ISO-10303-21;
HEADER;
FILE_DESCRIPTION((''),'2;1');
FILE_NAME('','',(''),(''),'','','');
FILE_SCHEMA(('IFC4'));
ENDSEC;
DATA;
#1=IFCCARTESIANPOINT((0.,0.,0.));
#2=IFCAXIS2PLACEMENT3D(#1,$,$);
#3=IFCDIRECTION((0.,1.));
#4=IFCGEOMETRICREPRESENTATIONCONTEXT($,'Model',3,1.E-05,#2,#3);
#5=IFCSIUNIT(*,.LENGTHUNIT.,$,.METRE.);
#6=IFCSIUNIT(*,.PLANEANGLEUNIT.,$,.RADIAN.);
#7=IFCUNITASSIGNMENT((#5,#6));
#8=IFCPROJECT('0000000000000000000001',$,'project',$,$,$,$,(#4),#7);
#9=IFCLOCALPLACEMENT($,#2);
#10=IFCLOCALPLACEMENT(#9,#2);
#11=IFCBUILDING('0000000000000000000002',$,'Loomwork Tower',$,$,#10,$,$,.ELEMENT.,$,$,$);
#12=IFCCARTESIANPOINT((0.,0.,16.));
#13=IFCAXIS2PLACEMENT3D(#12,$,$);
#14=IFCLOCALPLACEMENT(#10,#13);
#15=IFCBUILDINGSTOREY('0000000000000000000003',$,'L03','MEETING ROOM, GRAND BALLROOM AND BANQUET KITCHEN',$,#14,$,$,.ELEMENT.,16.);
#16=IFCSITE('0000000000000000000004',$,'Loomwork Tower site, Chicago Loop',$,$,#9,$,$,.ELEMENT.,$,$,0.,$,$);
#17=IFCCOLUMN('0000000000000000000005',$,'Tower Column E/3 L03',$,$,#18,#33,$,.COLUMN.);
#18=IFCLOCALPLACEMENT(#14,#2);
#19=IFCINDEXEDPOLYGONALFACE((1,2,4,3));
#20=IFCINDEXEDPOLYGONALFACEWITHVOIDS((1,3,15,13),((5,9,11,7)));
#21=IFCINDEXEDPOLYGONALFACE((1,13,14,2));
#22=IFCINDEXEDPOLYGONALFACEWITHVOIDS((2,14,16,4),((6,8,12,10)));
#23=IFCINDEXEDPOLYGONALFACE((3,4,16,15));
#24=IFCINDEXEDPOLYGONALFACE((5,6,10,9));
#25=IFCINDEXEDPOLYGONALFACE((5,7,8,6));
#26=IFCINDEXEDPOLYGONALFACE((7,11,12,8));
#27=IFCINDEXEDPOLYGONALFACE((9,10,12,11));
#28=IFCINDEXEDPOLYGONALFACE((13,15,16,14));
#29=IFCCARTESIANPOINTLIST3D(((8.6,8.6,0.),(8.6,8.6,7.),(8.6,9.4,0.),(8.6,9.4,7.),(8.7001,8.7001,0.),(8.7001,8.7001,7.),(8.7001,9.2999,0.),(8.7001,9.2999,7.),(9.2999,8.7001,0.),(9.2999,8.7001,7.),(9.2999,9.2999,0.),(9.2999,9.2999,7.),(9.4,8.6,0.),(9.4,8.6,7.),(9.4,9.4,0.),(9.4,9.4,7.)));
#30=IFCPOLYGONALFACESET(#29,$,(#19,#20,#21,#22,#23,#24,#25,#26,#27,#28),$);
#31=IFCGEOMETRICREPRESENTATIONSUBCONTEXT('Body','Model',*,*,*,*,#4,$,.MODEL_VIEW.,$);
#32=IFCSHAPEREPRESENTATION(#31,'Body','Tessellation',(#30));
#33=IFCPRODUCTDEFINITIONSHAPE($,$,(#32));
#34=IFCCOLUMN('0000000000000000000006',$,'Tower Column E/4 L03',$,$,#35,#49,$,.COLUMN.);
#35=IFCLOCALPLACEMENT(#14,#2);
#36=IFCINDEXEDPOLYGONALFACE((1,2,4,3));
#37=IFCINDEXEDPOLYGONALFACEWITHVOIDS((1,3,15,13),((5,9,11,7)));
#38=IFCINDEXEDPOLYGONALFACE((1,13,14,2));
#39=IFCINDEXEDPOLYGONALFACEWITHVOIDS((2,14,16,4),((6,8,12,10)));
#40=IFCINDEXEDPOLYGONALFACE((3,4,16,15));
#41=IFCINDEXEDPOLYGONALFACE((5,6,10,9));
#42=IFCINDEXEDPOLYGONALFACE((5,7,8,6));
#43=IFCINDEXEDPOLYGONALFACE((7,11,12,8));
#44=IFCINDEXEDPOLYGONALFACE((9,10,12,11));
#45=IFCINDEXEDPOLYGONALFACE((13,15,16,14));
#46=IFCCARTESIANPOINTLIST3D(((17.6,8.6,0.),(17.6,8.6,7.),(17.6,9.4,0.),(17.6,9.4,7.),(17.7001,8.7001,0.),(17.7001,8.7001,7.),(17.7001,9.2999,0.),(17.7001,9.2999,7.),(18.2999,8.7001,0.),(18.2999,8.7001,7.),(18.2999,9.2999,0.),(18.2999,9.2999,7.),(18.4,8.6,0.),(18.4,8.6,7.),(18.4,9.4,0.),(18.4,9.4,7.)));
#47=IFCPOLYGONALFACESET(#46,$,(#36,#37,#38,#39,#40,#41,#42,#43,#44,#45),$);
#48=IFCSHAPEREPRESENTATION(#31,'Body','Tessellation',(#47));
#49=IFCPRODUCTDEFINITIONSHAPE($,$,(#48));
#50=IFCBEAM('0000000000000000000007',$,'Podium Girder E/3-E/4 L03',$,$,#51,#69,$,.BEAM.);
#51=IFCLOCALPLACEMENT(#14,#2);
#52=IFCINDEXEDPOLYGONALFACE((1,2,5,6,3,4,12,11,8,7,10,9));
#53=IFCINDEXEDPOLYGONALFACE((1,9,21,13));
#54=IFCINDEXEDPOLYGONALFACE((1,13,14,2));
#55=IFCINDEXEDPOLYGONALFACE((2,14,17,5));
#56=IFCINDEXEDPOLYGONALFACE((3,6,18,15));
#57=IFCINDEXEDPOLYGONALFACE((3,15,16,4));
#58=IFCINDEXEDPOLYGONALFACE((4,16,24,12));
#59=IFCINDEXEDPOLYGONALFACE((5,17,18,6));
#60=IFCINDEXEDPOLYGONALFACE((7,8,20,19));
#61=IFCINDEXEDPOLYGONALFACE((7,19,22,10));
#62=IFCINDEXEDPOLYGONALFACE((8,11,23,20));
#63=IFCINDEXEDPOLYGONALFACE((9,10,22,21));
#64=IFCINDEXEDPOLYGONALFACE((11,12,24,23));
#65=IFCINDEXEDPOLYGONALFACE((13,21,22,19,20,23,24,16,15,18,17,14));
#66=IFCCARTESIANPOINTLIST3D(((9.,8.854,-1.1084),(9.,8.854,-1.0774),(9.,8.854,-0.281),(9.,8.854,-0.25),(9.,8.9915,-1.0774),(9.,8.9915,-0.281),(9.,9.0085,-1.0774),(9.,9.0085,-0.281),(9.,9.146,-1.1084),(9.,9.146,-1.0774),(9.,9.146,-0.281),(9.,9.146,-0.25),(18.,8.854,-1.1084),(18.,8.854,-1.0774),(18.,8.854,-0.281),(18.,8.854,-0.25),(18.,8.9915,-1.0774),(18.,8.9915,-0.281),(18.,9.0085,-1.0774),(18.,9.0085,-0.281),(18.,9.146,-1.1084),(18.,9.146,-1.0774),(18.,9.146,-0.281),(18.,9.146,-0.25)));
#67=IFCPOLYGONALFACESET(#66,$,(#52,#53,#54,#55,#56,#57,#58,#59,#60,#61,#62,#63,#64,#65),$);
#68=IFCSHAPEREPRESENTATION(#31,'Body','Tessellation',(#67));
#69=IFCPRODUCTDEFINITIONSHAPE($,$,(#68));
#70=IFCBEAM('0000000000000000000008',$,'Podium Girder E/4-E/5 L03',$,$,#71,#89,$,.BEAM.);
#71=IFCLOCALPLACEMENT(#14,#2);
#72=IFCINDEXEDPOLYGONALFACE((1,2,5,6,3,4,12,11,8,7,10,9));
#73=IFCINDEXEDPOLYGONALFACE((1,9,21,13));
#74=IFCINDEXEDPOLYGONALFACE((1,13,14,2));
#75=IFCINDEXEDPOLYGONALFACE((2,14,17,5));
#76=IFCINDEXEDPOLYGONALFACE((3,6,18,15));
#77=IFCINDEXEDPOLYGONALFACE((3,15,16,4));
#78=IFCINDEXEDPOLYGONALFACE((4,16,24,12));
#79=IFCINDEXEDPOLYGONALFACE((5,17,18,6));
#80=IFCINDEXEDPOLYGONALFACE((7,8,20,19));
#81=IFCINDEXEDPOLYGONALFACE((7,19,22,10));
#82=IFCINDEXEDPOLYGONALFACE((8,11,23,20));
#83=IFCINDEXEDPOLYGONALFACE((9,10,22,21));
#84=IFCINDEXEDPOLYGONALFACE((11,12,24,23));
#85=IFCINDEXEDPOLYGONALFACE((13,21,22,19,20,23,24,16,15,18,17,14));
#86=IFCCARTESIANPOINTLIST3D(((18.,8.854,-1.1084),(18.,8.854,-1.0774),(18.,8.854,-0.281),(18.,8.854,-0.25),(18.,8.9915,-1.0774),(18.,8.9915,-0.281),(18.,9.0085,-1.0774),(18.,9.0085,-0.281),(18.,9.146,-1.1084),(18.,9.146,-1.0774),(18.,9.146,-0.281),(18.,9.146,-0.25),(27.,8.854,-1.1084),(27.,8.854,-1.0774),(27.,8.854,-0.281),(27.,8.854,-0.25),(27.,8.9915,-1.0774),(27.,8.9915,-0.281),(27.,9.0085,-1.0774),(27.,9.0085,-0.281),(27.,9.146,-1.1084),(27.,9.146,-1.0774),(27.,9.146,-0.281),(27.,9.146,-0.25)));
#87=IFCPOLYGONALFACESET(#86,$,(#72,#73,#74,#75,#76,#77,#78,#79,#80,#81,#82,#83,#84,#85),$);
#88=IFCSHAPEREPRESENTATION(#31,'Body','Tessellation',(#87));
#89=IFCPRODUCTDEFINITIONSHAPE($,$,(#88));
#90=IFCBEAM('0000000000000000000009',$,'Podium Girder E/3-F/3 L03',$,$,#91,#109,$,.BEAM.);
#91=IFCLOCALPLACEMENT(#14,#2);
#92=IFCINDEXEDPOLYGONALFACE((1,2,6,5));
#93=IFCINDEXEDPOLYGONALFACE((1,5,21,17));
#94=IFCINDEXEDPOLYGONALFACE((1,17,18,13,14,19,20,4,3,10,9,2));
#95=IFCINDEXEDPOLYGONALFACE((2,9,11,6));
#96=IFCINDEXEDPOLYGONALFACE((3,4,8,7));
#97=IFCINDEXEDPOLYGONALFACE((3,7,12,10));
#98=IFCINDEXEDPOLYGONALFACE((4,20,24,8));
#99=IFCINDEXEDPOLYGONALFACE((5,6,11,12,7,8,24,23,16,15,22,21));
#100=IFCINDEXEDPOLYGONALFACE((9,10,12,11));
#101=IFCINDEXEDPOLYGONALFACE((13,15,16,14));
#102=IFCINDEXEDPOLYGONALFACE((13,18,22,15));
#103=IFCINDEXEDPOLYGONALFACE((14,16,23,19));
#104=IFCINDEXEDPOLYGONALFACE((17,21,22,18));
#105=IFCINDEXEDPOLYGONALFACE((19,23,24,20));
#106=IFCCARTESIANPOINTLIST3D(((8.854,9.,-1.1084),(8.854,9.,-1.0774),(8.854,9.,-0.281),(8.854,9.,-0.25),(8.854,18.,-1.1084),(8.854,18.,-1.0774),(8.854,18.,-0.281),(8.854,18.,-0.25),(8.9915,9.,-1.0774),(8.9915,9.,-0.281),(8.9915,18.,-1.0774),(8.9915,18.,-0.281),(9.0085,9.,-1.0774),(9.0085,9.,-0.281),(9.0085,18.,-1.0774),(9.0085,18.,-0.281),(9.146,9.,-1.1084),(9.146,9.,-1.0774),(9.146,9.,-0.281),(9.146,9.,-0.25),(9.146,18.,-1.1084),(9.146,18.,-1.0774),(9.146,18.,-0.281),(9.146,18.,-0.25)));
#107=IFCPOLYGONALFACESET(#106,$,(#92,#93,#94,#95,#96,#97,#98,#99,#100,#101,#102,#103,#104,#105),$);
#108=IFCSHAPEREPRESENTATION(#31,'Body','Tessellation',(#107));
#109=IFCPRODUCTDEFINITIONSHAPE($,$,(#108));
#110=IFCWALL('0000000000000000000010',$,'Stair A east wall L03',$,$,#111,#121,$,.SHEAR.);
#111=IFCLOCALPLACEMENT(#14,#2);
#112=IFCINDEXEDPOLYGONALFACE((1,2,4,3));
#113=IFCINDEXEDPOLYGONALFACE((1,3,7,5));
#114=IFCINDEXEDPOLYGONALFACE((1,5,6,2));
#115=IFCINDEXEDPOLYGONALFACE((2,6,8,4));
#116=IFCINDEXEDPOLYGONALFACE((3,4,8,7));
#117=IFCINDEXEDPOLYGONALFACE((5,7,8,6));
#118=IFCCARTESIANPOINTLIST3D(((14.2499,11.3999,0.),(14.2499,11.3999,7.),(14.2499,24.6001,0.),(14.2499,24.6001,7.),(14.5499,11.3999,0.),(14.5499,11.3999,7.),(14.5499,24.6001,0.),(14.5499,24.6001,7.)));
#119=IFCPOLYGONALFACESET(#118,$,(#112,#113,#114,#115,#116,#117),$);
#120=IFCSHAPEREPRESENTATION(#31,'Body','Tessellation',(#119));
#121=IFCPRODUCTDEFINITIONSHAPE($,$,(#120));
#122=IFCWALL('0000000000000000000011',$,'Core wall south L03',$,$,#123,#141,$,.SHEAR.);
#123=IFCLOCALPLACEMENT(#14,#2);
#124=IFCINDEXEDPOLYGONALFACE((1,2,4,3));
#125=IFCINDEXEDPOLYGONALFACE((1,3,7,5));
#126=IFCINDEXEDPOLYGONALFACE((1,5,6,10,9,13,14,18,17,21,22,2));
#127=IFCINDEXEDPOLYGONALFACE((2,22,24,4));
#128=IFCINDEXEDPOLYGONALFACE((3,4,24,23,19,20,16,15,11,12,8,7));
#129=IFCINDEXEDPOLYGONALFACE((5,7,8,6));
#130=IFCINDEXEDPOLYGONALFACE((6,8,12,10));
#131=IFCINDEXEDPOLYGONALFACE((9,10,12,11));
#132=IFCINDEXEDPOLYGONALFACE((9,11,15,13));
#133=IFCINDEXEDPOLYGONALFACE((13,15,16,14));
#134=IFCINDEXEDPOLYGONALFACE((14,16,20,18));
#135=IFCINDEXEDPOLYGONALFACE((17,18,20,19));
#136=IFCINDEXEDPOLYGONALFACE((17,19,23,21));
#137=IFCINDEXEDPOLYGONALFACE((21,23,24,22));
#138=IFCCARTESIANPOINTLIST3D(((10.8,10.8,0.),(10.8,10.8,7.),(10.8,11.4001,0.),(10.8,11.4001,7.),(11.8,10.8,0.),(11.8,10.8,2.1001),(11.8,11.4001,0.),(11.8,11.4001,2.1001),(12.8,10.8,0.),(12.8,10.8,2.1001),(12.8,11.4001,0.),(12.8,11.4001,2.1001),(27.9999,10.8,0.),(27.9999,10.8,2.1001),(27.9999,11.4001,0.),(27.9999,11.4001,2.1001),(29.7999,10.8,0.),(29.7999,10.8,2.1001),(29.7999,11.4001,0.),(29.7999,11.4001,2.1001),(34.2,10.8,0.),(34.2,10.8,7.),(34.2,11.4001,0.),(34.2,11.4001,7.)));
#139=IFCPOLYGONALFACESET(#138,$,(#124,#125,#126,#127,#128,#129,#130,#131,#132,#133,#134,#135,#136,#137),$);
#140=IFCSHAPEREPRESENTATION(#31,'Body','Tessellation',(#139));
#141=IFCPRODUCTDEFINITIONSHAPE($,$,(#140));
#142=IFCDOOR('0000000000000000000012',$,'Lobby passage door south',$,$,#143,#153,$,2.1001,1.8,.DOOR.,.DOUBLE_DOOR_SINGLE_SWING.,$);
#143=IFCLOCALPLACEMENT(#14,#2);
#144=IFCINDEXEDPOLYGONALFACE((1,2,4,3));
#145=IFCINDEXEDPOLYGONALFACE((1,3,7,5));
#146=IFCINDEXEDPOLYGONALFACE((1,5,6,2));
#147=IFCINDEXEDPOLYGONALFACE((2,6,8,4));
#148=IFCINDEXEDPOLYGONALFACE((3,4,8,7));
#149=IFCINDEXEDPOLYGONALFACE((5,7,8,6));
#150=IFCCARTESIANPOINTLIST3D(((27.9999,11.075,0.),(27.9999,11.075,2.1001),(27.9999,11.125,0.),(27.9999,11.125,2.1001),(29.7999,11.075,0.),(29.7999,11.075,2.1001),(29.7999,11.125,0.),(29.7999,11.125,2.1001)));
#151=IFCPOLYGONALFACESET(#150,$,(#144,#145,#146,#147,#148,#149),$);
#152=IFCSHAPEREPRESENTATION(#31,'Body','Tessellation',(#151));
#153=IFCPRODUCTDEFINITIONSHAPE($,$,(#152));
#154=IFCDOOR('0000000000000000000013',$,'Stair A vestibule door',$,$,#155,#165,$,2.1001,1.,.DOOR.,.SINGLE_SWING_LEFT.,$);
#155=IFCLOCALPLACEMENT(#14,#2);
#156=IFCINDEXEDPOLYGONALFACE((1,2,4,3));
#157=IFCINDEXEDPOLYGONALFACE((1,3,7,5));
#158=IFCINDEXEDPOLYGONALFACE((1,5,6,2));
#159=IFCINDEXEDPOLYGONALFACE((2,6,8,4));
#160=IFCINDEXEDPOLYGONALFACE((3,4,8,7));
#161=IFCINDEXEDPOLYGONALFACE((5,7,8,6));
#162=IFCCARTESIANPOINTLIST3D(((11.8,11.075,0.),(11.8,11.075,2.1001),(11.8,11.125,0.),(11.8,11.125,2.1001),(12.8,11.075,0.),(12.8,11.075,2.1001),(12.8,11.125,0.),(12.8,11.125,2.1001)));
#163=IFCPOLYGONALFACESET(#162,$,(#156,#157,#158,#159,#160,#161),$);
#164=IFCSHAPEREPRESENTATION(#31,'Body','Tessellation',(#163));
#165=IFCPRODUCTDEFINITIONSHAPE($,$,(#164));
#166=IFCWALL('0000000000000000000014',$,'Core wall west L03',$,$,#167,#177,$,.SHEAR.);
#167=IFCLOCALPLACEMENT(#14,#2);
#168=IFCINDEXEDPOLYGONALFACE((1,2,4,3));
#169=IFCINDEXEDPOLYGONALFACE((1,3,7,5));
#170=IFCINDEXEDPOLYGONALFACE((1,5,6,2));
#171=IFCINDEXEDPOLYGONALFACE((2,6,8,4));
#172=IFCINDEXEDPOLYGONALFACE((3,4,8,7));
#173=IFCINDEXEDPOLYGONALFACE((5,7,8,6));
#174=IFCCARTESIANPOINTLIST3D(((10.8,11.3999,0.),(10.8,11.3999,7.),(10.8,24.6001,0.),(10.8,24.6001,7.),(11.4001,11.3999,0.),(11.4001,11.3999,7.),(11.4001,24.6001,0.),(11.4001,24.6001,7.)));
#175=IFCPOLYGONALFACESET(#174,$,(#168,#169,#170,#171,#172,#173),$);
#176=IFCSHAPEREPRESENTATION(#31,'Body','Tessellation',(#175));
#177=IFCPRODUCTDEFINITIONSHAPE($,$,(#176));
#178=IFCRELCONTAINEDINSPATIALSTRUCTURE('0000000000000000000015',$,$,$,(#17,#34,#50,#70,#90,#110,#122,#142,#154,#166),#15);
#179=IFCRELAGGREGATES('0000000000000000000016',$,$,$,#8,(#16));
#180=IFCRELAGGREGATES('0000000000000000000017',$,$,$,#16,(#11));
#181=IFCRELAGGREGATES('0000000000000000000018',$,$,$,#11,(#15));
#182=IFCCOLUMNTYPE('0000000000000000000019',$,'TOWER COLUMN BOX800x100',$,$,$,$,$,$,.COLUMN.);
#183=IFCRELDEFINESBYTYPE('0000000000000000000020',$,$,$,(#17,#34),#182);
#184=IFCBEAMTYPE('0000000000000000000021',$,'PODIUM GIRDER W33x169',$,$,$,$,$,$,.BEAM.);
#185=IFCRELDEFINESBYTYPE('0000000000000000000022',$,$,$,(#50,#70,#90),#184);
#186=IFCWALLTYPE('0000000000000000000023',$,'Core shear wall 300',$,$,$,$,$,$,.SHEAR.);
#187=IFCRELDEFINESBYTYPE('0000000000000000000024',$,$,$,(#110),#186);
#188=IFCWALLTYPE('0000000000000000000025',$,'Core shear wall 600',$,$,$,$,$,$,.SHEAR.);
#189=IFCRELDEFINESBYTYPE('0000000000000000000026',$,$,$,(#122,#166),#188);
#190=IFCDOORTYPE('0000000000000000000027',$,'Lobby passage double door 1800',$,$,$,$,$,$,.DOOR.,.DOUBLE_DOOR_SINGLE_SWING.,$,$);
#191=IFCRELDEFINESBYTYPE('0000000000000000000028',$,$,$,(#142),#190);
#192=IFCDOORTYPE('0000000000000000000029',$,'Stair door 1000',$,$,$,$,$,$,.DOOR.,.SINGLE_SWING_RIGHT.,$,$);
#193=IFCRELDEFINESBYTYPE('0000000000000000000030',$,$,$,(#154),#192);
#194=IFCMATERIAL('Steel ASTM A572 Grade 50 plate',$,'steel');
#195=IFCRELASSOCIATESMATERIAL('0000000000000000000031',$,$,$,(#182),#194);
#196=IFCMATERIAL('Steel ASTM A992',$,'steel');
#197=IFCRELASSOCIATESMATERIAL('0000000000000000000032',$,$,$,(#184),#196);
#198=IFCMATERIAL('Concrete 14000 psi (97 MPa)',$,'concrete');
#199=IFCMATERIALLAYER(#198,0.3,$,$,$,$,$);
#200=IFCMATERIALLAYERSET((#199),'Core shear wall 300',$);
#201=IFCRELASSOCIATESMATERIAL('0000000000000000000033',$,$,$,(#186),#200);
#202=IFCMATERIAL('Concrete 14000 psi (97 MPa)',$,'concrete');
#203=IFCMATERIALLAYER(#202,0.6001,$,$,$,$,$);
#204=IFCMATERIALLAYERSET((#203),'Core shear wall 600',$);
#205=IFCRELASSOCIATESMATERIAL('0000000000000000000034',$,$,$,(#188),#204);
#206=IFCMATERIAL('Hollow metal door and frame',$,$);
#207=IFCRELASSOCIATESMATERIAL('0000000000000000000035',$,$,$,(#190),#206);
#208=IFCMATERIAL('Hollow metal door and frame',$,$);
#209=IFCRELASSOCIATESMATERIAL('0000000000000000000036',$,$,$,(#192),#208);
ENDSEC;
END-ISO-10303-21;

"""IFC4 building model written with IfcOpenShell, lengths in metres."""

from ifc_helpers import new_model, si_unit, direction, frame, frame_2d, origin, origin_2d, place, context, subcontext, project, spatial, rectangle, hollow_rectangle, i_section, extrude, material, layer, layer_set, material_profile, profile_set, type_object, element, fill, save


model = new_model("IFC4")

# Units and contexts
model_context = context("Model", 3, precision=1e-05, world=origin(), true_north=direction((0.0, 1.0)))
body_context = subcontext(model_context, "Body", "Model", "MODEL_VIEW")
ifc_project = project(units=[si_unit("LENGTHUNIT", "METRE"), si_unit("PLANEANGLEUNIT", "RADIAN")], contexts=[model_context])

# Site, building, storey
site_placement = place(None, origin())
site = spatial("IfcSite", under=ifc_project, at=site_placement, Name="Loomwork Tower site, Chicago Loop", CompositionType="ELEMENT", RefElevation=0.0)
building_placement = place(site_placement, origin())
building = spatial("IfcBuilding", under=site, at=building_placement, Name="Loomwork Tower", CompositionType="ELEMENT")
storey_placement = place(building_placement, frame((0.0, 0.0, 16.0)))
storey = spatial("IfcBuildingStorey", under=building, at=storey_placement, Name="L03", Description="MEETING ROOM, GRAND BALLROOM AND BANQUET KITCHEN", CompositionType="ELEMENT", Elevation=16.0)

# Columns
ifc_material_1 = material(Name="Steel ASTM A572 Grade 50 plate", Category="steel")
ifc_material_profile_1 = material_profile(ifc_material_1, hollow_rectangle(XDim=0.8, YDim=0.8, WallThickness=0.1001, at=origin_2d()), Name="BOX800x100")
ifc_profile_set_1 = profile_set([ifc_material_profile_1], Name="Steel ASTM A572 Grade 50 plate")
column_type = type_object("IfcColumnType", Name="TOWER COLUMN BOX800x100", PredefinedType="COLUMN", material=ifc_profile_set_1)
for number, where, z_axis, x_axis, name in (
    (1, (9.0, 9.0, 0.0), (0.0, 0.0, 1.0), (1.0, 0.0, 0.0), "Tower Column E/3 L03"),
    (2, (18.0, 9.0, 0.0), (0.0, 0.0, 1.0), (1.0, 0.0, 0.0), "Tower Column E/4 L03"),
):
    element("IfcColumn", number, at=place(storey_placement, frame(where, z_axis=z_axis, x_axis=x_axis)), inside=storey, type_object=column_type, Name=name, PredefinedType="COLUMN", context=body_context, shape_type="SweptSolid", body=[
        extrude(hollow_rectangle(XDim=0.8, YDim=0.8, WallThickness=0.1001, at=origin_2d()), origin(), (0.0, 0.0, 1.0), 7.0),
    ])

# Beams
ifc_material_2 = material(Name="Steel ASTM A992", Category="steel")
ifc_material_profile_2 = material_profile(ifc_material_2, i_section(OverallWidth=0.292, OverallDepth=0.8584, WebThickness=0.0171, FlangeThickness=0.031, at=origin_2d()), Name="W33x169")
ifc_profile_set_2 = profile_set([ifc_material_profile_2], Name="Steel ASTM A992")
beam_type = type_object("IfcBeamType", Name="PODIUM GIRDER W33x169", PredefinedType="BEAM", material=ifc_profile_set_2)
for number, where, z_axis, x_axis, name in (
    (3, (9.0, 9.0, -0.6792), (1.0, 0.0, 0.0), (0.0, 1.0, 0.0), "Podium Girder E/3-E/4 L03"),
    (4, (18.0, 9.0, -0.6792), (1.0, 0.0, 0.0), (0.0, 1.0, 0.0), "Podium Girder E/4-E/5 L03"),
    (5, (9.0, 9.0, -0.6792), (0.0, 1.0, 0.0), (-1.0, 0.0, 0.0), "Podium Girder E/3-F/3 L03"),
):
    element("IfcBeam", number, at=place(storey_placement, frame(where, z_axis=z_axis, x_axis=x_axis)), inside=storey, type_object=beam_type, Name=name, PredefinedType="BEAM", context=body_context, shape_type="SweptSolid", body=[
        extrude(i_section(OverallWidth=0.292, OverallDepth=0.8584, WebThickness=0.0171, FlangeThickness=0.031, at=origin_2d()), origin(), (0.0, 0.0, 1.0), 9.0),
    ])

# Wall
ifc_material_3 = material(Name="Concrete 14000 psi (97 MPa)", Category="concrete")
ifc_layer_1 = layer(ifc_material_3, 0.3)
ifc_layer_set_1 = layer_set([ifc_layer_1], Name="Core shear wall 300")
wall_type_1 = type_object("IfcWallType", Name="Core shear wall 300", PredefinedType="SHEAR", material=ifc_layer_set_1)
wall_1_placement = place(storey_placement, frame((14.3999, 11.3999, 0.0), z_axis=(0.0, 0.0, 1.0), x_axis=(0.0, 1.0, 0.0)))
element("IfcWall", 6, at=wall_1_placement, inside=storey, type_object=wall_type_1, Name="Stair A east wall L03", PredefinedType="SHEAR", context=body_context, shape_type="SweptSolid", body=[
    extrude(rectangle(XDim=13.2002, YDim=0.3, at=frame_2d((6.6001, 0.0))), origin(), (0.0, 0.0, 1.0), 7.0),
])

# Wall, openings, doors
ifc_material_4 = material(Name="Concrete 14000 psi (97 MPa)", Category="concrete")
ifc_layer_2 = layer(ifc_material_4, 0.6001)
ifc_layer_set_2 = layer_set([ifc_layer_2], Name="Core shear wall 600")
wall_type_2 = type_object("IfcWallType", Name="Core shear wall 600", PredefinedType="SHEAR", material=ifc_layer_set_2)
wall_2_placement = place(storey_placement, frame((10.8, 11.1001, 0.0), z_axis=(0.0, 0.0, 1.0), x_axis=(1.0, 0.0, 0.0)))
wall_2 = element("IfcWall", 7, at=wall_2_placement, inside=storey, type_object=wall_type_2, Name="Core wall south L03", PredefinedType="SHEAR", context=body_context, shape_type="SweptSolid", body=[
    extrude(rectangle(XDim=23.3999, YDim=0.6001, at=frame_2d((11.7, 0.0))), origin(), (0.0, 0.0, 1.0), 7.0),
])
opening_1_placement = place(wall_2_placement, frame((1.0, 0.0, 0.0)))
opening_1 = element("IfcOpeningElement", 8, at=opening_1_placement, cuts=wall_2, PredefinedType="OPENING", context=body_context, shape_type="SweptSolid", body=[
    extrude(rectangle(XDim=1.0, YDim=2.1001, at=frame_2d((0.5, 1.05))), frame((0.0, 0.3101, 0.0), z_axis=(0.0, -1.0, 0.0), x_axis=(1.0, 0.0, 0.0)), (0.0, 0.0, 1.0), 0.6201),
])
opening_2_placement = place(wall_2_placement, frame((17.2, 0.0, 0.0)))
opening_2 = element("IfcOpeningElement", 9, at=opening_2_placement, cuts=wall_2, PredefinedType="OPENING", context=body_context, shape_type="SweptSolid", body=[
    extrude(rectangle(XDim=1.8, YDim=2.1001, at=frame_2d((0.8999, 1.05))), frame((0.0, 0.3101, 0.0), z_axis=(0.0, -1.0, 0.0), x_axis=(1.0, 0.0, 0.0)), (0.0, 0.0, 1.0), 0.6201),
])
ifc_material_5 = material(Name="Hollow metal door and frame")
door_type_1 = type_object("IfcDoorType", Name="Lobby passage double door 1800", OperationType="DOUBLE_DOOR_SINGLE_SWING", PredefinedType="DOOR", material=ifc_material_5)
door_1_placement = place(opening_2_placement, origin())
door_1 = element("IfcDoor", 10, at=door_1_placement, inside=storey, type_object=door_type_1, Name="Lobby passage door south", OperationType="DOUBLE_DOOR_SINGLE_SWING", OverallHeight=2.1001, OverallWidth=1.8, PredefinedType="DOOR", context=body_context, shape_type="SweptSolid", body=[
    extrude(rectangle(XDim=1.8, YDim=2.1001, at=frame_2d((0.8999, 1.05))), frame((0.0, 0.0249, 0.0), z_axis=(0.0, -1.0, 0.0), x_axis=(1.0, 0.0, 0.0)), (0.0, 0.0, 1.0), 0.05),
])
fill(opening_2, door_1)
ifc_material_6 = material(Name="Hollow metal door and frame")
door_type_2 = type_object("IfcDoorType", Name="Stair door 1000", OperationType="SINGLE_SWING_RIGHT", PredefinedType="DOOR", material=ifc_material_6)
door_2_placement = place(opening_1_placement, origin())
door_2 = element("IfcDoor", 11, at=door_2_placement, inside=storey, type_object=door_type_2, Name="Stair A vestibule door", OperationType="SINGLE_SWING_LEFT", OverallHeight=2.1001, OverallWidth=1.0, PredefinedType="DOOR", context=body_context, shape_type="SweptSolid", body=[
    extrude(rectangle(XDim=1.0, YDim=2.1001, at=frame_2d((0.5, 1.05))), frame((0.0, 0.0249, 0.0), z_axis=(0.0, -1.0, 0.0), x_axis=(1.0, 0.0, 0.0)), (0.0, 0.0, 1.0), 0.05),
])
fill(opening_1, door_2)

# Wall
wall_3_placement = place(storey_placement, frame((11.1001, 11.3999, 0.0), z_axis=(0.0, 0.0, 1.0), x_axis=(0.0, 1.0, 0.0)))
element("IfcWall", 12, at=wall_3_placement, inside=storey, type_object=wall_type_2, Name="Core wall west L03", PredefinedType="SHEAR", context=body_context, shape_type="SweptSolid", body=[
    extrude(rectangle(XDim=13.2002, YDim=0.6001, at=frame_2d((6.6001, 0.0))), origin(), (0.0, 0.0, 1.0), 7.0),
])

save(model, "model.ifc")
